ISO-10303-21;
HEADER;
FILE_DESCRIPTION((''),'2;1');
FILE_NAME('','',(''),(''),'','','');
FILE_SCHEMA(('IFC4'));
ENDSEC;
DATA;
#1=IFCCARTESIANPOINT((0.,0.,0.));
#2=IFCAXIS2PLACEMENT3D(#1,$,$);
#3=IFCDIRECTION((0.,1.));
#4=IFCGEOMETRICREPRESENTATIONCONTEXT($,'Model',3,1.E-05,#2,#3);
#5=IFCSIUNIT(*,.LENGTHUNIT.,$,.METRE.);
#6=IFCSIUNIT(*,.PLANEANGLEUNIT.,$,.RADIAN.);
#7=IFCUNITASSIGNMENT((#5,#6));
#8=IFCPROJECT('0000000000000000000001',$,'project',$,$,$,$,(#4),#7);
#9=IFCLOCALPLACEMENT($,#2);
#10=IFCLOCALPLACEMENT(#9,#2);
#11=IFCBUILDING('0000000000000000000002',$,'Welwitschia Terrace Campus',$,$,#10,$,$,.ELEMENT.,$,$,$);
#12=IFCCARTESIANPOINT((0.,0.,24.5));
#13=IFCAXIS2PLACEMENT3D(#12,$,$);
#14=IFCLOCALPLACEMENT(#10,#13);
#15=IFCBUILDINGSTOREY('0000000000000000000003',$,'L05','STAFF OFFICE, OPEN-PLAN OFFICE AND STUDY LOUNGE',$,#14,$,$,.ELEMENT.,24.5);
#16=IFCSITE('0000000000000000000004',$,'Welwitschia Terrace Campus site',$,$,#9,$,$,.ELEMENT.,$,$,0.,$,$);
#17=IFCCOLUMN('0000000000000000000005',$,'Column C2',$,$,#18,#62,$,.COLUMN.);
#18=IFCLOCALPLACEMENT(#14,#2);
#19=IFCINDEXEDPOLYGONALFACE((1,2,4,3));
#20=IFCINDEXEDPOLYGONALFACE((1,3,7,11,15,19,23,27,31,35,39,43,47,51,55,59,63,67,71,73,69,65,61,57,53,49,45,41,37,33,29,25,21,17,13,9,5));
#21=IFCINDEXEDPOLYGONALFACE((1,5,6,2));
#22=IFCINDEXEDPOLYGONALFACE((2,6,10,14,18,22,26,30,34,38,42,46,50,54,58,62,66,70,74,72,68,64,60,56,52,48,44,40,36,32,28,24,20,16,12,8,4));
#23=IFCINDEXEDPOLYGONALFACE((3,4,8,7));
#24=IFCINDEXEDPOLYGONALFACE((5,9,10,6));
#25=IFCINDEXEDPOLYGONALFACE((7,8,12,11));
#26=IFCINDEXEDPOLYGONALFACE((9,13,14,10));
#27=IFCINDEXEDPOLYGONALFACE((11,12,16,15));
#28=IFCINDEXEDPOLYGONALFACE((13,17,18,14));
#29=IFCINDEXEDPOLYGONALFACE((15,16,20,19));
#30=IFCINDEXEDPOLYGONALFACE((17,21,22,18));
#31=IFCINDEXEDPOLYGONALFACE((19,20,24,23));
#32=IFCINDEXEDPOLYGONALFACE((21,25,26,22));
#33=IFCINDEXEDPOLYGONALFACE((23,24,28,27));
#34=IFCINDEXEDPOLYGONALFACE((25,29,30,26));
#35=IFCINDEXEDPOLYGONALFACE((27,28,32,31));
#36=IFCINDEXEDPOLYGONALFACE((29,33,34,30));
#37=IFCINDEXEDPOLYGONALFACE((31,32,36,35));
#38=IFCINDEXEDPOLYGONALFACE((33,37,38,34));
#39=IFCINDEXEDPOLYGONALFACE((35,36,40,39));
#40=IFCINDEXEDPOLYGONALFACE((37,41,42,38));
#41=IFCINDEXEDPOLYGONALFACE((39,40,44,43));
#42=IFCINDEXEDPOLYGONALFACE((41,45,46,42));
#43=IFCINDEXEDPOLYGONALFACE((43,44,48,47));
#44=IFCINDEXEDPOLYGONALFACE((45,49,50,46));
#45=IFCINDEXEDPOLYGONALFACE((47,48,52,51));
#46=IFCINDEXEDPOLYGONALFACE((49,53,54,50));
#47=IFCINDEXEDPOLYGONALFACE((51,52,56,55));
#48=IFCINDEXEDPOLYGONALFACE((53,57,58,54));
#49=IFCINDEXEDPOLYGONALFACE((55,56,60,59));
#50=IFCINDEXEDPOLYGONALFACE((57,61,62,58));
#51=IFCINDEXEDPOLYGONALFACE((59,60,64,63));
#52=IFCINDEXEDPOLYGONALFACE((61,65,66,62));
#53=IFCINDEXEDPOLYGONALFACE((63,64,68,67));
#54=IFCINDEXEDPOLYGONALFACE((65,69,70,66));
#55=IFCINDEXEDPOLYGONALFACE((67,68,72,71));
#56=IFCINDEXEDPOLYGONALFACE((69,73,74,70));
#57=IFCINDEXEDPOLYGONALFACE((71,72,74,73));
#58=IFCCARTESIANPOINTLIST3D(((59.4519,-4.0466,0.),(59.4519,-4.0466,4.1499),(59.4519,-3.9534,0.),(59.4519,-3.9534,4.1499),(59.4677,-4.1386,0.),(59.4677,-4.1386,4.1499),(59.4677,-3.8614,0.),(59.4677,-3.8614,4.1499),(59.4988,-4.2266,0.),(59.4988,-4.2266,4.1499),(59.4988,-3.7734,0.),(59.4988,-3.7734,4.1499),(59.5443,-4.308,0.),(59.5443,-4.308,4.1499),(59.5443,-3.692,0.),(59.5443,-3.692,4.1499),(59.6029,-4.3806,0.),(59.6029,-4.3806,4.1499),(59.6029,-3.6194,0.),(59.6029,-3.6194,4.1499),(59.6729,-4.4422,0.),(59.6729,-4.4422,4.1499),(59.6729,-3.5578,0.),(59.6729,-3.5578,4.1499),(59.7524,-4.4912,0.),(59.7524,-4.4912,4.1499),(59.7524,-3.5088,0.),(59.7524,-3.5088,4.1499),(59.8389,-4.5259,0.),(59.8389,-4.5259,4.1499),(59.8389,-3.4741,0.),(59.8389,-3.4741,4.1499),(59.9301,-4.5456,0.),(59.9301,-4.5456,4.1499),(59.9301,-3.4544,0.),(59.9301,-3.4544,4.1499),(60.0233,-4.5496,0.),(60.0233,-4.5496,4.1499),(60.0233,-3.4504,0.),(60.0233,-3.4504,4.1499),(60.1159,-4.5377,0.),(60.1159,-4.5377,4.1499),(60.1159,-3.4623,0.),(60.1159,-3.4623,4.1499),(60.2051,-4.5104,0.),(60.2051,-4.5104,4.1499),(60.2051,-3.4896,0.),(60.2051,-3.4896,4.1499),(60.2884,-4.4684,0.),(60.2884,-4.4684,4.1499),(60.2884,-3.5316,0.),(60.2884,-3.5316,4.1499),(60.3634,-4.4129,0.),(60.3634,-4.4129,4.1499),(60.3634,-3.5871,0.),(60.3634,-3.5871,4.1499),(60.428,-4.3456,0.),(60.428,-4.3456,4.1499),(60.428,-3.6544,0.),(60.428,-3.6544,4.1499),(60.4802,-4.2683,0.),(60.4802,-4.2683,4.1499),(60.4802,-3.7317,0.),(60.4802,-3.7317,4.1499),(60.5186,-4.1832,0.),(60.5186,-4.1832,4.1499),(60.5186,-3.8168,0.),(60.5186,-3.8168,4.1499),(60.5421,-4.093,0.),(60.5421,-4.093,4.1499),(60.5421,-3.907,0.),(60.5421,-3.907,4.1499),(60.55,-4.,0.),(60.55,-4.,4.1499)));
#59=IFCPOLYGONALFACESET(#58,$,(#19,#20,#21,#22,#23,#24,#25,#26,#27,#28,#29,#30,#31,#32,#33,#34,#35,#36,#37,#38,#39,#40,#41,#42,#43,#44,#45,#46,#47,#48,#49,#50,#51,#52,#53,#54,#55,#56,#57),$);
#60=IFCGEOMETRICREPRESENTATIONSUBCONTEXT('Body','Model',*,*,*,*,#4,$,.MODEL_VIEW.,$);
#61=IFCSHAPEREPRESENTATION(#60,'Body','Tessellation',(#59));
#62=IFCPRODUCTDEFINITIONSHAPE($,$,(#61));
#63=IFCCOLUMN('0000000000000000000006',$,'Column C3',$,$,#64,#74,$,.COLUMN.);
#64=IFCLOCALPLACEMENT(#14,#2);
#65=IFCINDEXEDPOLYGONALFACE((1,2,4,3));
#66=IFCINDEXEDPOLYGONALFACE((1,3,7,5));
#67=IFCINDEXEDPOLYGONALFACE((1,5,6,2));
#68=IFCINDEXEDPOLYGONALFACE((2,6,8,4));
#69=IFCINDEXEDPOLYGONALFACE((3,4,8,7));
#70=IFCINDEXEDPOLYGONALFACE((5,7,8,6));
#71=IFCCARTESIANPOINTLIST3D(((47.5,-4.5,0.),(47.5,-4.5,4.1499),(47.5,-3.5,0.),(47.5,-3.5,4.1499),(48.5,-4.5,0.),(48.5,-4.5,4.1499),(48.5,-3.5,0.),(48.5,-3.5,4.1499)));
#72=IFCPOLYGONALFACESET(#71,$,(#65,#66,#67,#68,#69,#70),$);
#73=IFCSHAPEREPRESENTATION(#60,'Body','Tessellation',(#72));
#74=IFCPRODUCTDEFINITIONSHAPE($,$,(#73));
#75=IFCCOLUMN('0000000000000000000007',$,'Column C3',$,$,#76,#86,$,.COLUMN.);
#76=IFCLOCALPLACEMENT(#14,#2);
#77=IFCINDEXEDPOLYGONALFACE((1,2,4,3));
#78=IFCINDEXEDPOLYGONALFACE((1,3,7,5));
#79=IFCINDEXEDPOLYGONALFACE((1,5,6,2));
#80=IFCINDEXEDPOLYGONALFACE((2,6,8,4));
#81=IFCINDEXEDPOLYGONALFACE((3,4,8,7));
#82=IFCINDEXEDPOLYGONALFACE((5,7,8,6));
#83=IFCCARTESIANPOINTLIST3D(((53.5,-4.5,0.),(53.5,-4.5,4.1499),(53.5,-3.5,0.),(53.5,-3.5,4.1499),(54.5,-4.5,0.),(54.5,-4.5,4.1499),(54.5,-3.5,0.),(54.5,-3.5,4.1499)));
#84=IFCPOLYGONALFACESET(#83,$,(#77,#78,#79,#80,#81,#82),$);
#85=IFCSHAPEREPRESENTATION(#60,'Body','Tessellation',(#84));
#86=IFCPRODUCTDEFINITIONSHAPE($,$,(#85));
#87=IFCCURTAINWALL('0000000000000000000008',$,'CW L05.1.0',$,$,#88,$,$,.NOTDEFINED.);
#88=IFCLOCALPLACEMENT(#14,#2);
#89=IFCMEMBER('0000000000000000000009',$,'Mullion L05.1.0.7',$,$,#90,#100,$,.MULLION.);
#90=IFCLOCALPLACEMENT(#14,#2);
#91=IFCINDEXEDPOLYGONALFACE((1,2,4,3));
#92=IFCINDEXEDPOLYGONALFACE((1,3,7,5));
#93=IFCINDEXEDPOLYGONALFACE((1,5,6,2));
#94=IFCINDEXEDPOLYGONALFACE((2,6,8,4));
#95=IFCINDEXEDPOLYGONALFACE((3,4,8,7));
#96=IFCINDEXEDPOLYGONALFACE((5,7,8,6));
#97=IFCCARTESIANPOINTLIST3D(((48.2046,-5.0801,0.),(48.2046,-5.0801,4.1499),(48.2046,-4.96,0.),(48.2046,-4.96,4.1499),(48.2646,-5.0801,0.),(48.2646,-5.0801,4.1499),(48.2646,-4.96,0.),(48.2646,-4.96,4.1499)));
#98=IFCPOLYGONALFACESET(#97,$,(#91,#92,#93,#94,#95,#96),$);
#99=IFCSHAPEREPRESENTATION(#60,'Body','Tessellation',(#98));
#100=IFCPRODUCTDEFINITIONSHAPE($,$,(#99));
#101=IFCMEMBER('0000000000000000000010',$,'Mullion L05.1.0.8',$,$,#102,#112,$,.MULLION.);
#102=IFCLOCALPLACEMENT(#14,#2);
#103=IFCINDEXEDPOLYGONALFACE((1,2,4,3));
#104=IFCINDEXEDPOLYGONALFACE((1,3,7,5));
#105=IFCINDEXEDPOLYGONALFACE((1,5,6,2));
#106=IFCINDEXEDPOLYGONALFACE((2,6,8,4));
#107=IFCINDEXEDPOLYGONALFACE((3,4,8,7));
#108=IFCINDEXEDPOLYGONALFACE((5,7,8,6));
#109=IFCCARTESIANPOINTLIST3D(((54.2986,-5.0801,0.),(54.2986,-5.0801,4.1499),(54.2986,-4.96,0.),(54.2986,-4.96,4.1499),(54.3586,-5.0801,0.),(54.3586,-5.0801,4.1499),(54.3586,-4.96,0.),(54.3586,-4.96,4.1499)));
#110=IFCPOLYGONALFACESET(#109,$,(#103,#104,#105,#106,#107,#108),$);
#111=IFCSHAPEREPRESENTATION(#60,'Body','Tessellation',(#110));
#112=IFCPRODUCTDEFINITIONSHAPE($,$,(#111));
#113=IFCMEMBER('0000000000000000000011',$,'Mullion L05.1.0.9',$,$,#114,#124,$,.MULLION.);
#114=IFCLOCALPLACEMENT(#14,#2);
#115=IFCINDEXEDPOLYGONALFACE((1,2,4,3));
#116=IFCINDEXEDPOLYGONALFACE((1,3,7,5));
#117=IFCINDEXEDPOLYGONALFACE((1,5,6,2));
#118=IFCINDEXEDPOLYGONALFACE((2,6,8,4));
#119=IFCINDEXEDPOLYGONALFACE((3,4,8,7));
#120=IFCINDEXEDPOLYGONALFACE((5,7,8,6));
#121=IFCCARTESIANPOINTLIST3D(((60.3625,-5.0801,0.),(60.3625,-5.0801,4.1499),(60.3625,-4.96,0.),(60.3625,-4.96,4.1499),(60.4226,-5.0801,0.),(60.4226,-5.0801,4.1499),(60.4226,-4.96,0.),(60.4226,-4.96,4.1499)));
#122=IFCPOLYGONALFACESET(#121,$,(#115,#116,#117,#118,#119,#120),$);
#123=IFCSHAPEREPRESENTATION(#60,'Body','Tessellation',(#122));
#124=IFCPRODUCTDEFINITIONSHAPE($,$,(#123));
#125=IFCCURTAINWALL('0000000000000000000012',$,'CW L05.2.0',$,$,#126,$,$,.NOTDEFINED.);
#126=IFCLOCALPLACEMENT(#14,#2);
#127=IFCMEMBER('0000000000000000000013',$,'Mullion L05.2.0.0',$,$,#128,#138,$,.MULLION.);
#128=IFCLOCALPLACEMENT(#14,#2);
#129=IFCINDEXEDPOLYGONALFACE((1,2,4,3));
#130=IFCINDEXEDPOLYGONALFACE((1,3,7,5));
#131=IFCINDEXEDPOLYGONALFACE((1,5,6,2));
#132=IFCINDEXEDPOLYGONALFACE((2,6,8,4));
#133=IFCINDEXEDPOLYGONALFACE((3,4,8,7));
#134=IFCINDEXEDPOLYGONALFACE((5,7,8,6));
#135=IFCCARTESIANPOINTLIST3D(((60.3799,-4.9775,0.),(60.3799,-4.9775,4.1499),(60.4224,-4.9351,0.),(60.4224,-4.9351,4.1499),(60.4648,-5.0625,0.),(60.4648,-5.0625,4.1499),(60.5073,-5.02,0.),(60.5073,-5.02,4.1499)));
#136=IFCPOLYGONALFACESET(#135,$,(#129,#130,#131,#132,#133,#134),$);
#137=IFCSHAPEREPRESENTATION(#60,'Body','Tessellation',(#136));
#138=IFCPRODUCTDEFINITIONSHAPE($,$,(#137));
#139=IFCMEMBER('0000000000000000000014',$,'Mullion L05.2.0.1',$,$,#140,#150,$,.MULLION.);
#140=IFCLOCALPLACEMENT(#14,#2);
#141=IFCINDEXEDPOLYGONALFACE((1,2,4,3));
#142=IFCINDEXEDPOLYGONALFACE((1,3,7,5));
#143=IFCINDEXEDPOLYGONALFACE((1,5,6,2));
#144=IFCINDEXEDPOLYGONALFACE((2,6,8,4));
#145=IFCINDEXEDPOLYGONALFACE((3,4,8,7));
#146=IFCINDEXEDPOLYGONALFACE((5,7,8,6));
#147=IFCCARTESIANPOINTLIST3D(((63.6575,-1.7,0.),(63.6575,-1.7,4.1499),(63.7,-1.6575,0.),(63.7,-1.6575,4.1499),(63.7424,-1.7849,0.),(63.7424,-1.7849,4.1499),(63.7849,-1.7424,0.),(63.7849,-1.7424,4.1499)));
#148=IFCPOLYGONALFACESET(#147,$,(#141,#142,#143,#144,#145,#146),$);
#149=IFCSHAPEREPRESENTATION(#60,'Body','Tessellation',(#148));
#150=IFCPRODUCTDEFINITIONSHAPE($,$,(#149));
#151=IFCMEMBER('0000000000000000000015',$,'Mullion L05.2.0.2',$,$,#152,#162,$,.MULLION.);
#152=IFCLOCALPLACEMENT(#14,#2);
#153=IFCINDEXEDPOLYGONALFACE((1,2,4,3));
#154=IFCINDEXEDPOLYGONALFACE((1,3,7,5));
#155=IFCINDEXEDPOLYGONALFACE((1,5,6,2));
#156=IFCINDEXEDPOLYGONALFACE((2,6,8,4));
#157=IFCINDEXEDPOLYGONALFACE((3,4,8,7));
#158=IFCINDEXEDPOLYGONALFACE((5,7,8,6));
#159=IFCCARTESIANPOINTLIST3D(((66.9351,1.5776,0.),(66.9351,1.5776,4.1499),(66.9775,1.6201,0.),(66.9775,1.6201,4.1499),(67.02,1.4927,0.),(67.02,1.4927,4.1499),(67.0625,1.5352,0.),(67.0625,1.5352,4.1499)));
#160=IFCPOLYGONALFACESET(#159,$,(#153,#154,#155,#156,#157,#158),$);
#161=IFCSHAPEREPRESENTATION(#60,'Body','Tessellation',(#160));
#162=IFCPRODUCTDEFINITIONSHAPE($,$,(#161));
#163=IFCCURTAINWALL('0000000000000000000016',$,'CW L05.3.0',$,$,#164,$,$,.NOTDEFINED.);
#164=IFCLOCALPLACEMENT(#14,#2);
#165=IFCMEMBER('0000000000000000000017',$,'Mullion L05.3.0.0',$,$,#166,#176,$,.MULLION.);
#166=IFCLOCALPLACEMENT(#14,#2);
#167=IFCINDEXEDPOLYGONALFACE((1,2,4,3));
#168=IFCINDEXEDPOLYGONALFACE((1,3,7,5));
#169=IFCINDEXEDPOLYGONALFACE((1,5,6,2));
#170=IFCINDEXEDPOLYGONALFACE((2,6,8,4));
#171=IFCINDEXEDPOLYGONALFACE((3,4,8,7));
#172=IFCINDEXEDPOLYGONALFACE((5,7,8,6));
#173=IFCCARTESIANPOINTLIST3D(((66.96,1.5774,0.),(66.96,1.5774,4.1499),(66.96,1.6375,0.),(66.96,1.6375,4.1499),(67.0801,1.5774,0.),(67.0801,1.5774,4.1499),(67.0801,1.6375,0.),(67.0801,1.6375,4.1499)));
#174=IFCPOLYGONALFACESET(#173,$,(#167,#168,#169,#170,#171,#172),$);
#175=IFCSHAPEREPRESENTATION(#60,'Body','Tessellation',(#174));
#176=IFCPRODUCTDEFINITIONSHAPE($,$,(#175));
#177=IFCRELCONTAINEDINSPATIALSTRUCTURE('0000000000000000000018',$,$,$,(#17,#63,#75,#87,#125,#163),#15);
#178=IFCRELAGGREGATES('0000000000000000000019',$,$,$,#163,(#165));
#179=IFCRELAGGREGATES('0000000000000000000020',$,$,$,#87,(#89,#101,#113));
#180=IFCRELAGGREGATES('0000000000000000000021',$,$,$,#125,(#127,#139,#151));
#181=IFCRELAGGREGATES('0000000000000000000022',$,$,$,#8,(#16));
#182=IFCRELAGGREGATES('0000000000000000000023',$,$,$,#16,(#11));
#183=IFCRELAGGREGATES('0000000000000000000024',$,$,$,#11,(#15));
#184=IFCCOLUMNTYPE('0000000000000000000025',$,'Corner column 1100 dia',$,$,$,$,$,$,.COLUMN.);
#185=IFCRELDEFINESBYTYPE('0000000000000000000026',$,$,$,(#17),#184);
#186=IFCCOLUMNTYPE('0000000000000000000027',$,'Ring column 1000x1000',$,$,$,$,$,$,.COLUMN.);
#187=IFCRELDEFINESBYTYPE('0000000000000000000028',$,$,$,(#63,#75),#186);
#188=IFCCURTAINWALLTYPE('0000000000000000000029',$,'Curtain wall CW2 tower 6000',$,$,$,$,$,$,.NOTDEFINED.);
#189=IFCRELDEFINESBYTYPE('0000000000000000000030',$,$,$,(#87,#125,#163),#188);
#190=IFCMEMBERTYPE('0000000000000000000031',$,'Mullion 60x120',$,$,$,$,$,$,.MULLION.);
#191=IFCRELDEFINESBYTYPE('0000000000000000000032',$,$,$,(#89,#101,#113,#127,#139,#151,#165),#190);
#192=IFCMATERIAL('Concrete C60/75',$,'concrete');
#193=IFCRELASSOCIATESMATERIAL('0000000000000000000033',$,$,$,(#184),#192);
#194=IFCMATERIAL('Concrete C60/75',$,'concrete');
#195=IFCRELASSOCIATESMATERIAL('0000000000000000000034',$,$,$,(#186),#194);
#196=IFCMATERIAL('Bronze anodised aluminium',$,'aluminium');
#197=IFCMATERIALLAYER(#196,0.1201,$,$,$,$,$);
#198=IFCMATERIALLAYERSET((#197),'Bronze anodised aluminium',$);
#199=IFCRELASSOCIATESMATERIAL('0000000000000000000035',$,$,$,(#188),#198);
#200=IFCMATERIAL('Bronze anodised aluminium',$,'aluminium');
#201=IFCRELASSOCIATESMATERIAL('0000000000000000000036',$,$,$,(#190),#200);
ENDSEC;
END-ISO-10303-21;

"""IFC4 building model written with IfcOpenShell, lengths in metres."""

from ifc_helpers import new_model, si_unit, direction, frame, origin, origin_2d, place, context, subcontext, project, spatial, rectangle, circle, extrude, material, layer, layer_set, material_profile, profile_set, type_object, element, aggregate, save


model = new_model("IFC4")

# Units and contexts
model_context = context("Model", 3, precision=1e-05, world=origin(), true_north=direction((0.0, 1.0)))
body_context = subcontext(model_context, "Body", "Model", "MODEL_VIEW")
ifc_project = project(units=[si_unit("LENGTHUNIT", "METRE"), si_unit("PLANEANGLEUNIT", "RADIAN")], contexts=[model_context])

# Site, building, storey
site_placement = place(None, origin())
site = spatial("IfcSite", under=ifc_project, at=site_placement, Name="Welwitschia Terrace Campus site", CompositionType="ELEMENT", RefElevation=0.0)
building_placement = place(site_placement, origin())
building = spatial("IfcBuilding", under=site, at=building_placement, Name="Welwitschia Terrace Campus", CompositionType="ELEMENT")
storey_placement = place(building_placement, frame((0.0, 0.0, 24.5)))
storey = spatial("IfcBuildingStorey", under=building, at=storey_placement, Name="L05", Description="STAFF OFFICE, OPEN-PLAN OFFICE AND STUDY LOUNGE", CompositionType="ELEMENT", Elevation=24.5)

# Columns
ifc_material_1 = material(Name="Concrete C60/75", Category="concrete")
ifc_material_profile_1 = material_profile(ifc_material_1, circle(Radius=0.55, at=origin_2d()))
ifc_profile_set_1 = profile_set([ifc_material_profile_1], Name="Concrete C60/75")
column_type_1 = type_object("IfcColumnType", Name="Corner column 1100 dia", PredefinedType="COLUMN", material=ifc_profile_set_1)
column_placement = place(storey_placement, frame((60.0, -4.0, 0.0), z_axis=(0.0, 0.0, 1.0), x_axis=(1.0, 0.0, 0.0)))
element("IfcColumn", 1, at=column_placement, inside=storey, type_object=column_type_1, Name="Column C2", PredefinedType="COLUMN", context=body_context, shape_type="SweptSolid", body=[
    extrude(circle(Radius=0.55, at=origin_2d()), origin(), (0.0, 0.0, 1.0), 4.1499),
])
ifc_material_2 = material(Name="Concrete C60/75", Category="concrete")
ifc_material_profile_2 = material_profile(ifc_material_2, rectangle(XDim=1.0, YDim=1.0, at=origin_2d()))
ifc_profile_set_2 = profile_set([ifc_material_profile_2], Name="Concrete C60/75")
column_type_2 = type_object("IfcColumnType", Name="Ring column 1000x1000", PredefinedType="COLUMN", material=ifc_profile_set_2)
for number, where, z_axis, x_axis, name in (
    (2, (48.0, -4.0, 0.0), (0.0, 0.0, 1.0), (1.0, 0.0, 0.0), "Column C3"),
    (3, (54.0, -4.0, 0.0), (0.0, 0.0, 1.0), (1.0, 0.0, 0.0), "Column C3"),
):
    element("IfcColumn", number, at=place(storey_placement, frame(where, z_axis=z_axis, x_axis=x_axis)), inside=storey, type_object=column_type_2, Name=name, PredefinedType="COLUMN", context=body_context, shape_type="SweptSolid", body=[
        extrude(rectangle(XDim=1.0, YDim=1.0, at=origin_2d()), origin(), (0.0, 0.0, 1.0), 4.1499),
    ])

# Curtain walls, members
ifc_material_3 = material(Name="Bronze anodised aluminium", Category="aluminium")
ifc_layer_1 = layer(ifc_material_3, 0.1201)
ifc_layer_set_1 = layer_set([ifc_layer_1], Name="Bronze anodised aluminium")
curtain_wall_type = type_object("IfcCurtainWallType", Name="Curtain wall CW2 tower 6000", PredefinedType="NOTDEFINED", material=ifc_layer_set_1)
curtain_wall_1_placement = place(storey_placement, origin())
curtain_wall_1 = element("IfcCurtainWall", 4, at=curtain_wall_1_placement, inside=storey, type_object=curtain_wall_type, Name="CW L05.1.0", PredefinedType="NOTDEFINED")
ifc_material_4 = material(Name="Bronze anodised aluminium", Category="aluminium")
ifc_material_profile_3 = material_profile(ifc_material_4, rectangle(XDim=0.1201, YDim=0.0601, at=origin_2d()))
ifc_profile_set_3 = profile_set([ifc_material_profile_3], Name="Bronze anodised aluminium")
member_type_1 = type_object("IfcMemberType", Name="Mullion 60x120", PredefinedType="MULLION", material=ifc_profile_set_3)
member_1_placement = place(storey_placement, frame((48.2346, -5.02, 0.0), z_axis=(0.0, 0.0, 1.0), x_axis=(0.0, 1.0, 0.0)))
member_1 = element("IfcMember", 5, at=member_1_placement, type_object=member_type_1, Name="Mullion L05.1.0.7", PredefinedType="MULLION", context=body_context, shape_type="SweptSolid", body=[
    extrude(rectangle(XDim=0.1201, YDim=0.0601, at=origin_2d()), origin(), (0.0, 0.0, 1.0), 4.1499),
])
member_2_placement = place(storey_placement, frame((54.3286, -5.02, 0.0), z_axis=(0.0, 0.0, 1.0), x_axis=(0.0, 1.0, 0.0)))
member_2 = element("IfcMember", 6, at=member_2_placement, type_object=member_type_1, Name="Mullion L05.1.0.8", PredefinedType="MULLION", context=body_context, shape_type="SweptSolid", body=[
    extrude(rectangle(XDim=0.1201, YDim=0.0601, at=origin_2d()), origin(), (0.0, 0.0, 1.0), 4.1499),
])
member_3_placement = place(storey_placement, frame((60.3926, -5.02, 0.0), z_axis=(0.0, 0.0, 1.0), x_axis=(0.0, 1.0, 0.0)))
member_3 = element("IfcMember", 7, at=member_3_placement, type_object=member_type_1, Name="Mullion L05.1.0.9", PredefinedType="MULLION", context=body_context, shape_type="SweptSolid", body=[
    extrude(rectangle(XDim=0.1201, YDim=0.0601, at=origin_2d()), origin(), (0.0, 0.0, 1.0), 4.1499),
])
curtain_wall_2_placement = place(storey_placement, origin())
curtain_wall_2 = element("IfcCurtainWall", 8, at=curtain_wall_2_placement, inside=storey, type_object=curtain_wall_type, Name="CW L05.2.0", PredefinedType="NOTDEFINED")
member_4_placement = place(storey_placement, frame((60.4436, -4.9988, 0.0), z_axis=(0.0, 0.0, 1.0), x_axis=(-0.707107, 0.707107, 0.0)))
member_4 = element("IfcMember", 9, at=member_4_placement, type_object=member_type_1, Name="Mullion L05.2.0.0", PredefinedType="MULLION", context=body_context, shape_type="SweptSolid", body=[
    extrude(rectangle(XDim=0.1201, YDim=0.0601, at=origin_2d()), origin(), (0.0, 0.0, 1.0), 4.1499),
])
member_5_placement = place(storey_placement, frame((63.7212, -1.7212, 0.0), z_axis=(0.0, 0.0, 1.0), x_axis=(-0.707107, 0.707107, 0.0)))
member_5 = element("IfcMember", 10, at=member_5_placement, type_object=member_type_1, Name="Mullion L05.2.0.1", PredefinedType="MULLION", context=body_context, shape_type="SweptSolid", body=[
    extrude(rectangle(XDim=0.1201, YDim=0.0601, at=origin_2d()), origin(), (0.0, 0.0, 1.0), 4.1499),
])
member_6_placement = place(storey_placement, frame((66.9988, 1.5564, 0.0), z_axis=(0.0, 0.0, 1.0), x_axis=(-0.707107, 0.707107, 0.0)))
member_6 = element("IfcMember", 11, at=member_6_placement, type_object=member_type_1, Name="Mullion L05.2.0.2", PredefinedType="MULLION", context=body_context, shape_type="SweptSolid", body=[
    extrude(rectangle(XDim=0.1201, YDim=0.0601, at=origin_2d()), origin(), (0.0, 0.0, 1.0), 4.1499),
])

# Curtain wall, member
curtain_wall_3_placement = place(storey_placement, origin())
curtain_wall_3 = element("IfcCurtainWall", 12, at=curtain_wall_3_placement, inside=storey, type_object=curtain_wall_type, Name="CW L05.3.0", PredefinedType="NOTDEFINED")
member_7_placement = place(storey_placement, frame((67.02, 1.6074, 0.0), z_axis=(0.0, 0.0, 1.0), x_axis=(-1.0, 0.0, 0.0)))
member_7 = element("IfcMember", 13, at=member_7_placement, type_object=member_type_1, Name="Mullion L05.3.0.0", PredefinedType="MULLION", context=body_context, shape_type="SweptSolid", body=[
    extrude(rectangle(XDim=0.1201, YDim=0.0601, at=origin_2d()), origin(), (0.0, 0.0, 1.0), 4.1499),
])

aggregate(curtain_wall_3, [member_7])

aggregate(curtain_wall_1, [member_1, member_2, member_3])
aggregate(curtain_wall_2, [member_4, member_5, member_6])

save(model, "model.ifc")
